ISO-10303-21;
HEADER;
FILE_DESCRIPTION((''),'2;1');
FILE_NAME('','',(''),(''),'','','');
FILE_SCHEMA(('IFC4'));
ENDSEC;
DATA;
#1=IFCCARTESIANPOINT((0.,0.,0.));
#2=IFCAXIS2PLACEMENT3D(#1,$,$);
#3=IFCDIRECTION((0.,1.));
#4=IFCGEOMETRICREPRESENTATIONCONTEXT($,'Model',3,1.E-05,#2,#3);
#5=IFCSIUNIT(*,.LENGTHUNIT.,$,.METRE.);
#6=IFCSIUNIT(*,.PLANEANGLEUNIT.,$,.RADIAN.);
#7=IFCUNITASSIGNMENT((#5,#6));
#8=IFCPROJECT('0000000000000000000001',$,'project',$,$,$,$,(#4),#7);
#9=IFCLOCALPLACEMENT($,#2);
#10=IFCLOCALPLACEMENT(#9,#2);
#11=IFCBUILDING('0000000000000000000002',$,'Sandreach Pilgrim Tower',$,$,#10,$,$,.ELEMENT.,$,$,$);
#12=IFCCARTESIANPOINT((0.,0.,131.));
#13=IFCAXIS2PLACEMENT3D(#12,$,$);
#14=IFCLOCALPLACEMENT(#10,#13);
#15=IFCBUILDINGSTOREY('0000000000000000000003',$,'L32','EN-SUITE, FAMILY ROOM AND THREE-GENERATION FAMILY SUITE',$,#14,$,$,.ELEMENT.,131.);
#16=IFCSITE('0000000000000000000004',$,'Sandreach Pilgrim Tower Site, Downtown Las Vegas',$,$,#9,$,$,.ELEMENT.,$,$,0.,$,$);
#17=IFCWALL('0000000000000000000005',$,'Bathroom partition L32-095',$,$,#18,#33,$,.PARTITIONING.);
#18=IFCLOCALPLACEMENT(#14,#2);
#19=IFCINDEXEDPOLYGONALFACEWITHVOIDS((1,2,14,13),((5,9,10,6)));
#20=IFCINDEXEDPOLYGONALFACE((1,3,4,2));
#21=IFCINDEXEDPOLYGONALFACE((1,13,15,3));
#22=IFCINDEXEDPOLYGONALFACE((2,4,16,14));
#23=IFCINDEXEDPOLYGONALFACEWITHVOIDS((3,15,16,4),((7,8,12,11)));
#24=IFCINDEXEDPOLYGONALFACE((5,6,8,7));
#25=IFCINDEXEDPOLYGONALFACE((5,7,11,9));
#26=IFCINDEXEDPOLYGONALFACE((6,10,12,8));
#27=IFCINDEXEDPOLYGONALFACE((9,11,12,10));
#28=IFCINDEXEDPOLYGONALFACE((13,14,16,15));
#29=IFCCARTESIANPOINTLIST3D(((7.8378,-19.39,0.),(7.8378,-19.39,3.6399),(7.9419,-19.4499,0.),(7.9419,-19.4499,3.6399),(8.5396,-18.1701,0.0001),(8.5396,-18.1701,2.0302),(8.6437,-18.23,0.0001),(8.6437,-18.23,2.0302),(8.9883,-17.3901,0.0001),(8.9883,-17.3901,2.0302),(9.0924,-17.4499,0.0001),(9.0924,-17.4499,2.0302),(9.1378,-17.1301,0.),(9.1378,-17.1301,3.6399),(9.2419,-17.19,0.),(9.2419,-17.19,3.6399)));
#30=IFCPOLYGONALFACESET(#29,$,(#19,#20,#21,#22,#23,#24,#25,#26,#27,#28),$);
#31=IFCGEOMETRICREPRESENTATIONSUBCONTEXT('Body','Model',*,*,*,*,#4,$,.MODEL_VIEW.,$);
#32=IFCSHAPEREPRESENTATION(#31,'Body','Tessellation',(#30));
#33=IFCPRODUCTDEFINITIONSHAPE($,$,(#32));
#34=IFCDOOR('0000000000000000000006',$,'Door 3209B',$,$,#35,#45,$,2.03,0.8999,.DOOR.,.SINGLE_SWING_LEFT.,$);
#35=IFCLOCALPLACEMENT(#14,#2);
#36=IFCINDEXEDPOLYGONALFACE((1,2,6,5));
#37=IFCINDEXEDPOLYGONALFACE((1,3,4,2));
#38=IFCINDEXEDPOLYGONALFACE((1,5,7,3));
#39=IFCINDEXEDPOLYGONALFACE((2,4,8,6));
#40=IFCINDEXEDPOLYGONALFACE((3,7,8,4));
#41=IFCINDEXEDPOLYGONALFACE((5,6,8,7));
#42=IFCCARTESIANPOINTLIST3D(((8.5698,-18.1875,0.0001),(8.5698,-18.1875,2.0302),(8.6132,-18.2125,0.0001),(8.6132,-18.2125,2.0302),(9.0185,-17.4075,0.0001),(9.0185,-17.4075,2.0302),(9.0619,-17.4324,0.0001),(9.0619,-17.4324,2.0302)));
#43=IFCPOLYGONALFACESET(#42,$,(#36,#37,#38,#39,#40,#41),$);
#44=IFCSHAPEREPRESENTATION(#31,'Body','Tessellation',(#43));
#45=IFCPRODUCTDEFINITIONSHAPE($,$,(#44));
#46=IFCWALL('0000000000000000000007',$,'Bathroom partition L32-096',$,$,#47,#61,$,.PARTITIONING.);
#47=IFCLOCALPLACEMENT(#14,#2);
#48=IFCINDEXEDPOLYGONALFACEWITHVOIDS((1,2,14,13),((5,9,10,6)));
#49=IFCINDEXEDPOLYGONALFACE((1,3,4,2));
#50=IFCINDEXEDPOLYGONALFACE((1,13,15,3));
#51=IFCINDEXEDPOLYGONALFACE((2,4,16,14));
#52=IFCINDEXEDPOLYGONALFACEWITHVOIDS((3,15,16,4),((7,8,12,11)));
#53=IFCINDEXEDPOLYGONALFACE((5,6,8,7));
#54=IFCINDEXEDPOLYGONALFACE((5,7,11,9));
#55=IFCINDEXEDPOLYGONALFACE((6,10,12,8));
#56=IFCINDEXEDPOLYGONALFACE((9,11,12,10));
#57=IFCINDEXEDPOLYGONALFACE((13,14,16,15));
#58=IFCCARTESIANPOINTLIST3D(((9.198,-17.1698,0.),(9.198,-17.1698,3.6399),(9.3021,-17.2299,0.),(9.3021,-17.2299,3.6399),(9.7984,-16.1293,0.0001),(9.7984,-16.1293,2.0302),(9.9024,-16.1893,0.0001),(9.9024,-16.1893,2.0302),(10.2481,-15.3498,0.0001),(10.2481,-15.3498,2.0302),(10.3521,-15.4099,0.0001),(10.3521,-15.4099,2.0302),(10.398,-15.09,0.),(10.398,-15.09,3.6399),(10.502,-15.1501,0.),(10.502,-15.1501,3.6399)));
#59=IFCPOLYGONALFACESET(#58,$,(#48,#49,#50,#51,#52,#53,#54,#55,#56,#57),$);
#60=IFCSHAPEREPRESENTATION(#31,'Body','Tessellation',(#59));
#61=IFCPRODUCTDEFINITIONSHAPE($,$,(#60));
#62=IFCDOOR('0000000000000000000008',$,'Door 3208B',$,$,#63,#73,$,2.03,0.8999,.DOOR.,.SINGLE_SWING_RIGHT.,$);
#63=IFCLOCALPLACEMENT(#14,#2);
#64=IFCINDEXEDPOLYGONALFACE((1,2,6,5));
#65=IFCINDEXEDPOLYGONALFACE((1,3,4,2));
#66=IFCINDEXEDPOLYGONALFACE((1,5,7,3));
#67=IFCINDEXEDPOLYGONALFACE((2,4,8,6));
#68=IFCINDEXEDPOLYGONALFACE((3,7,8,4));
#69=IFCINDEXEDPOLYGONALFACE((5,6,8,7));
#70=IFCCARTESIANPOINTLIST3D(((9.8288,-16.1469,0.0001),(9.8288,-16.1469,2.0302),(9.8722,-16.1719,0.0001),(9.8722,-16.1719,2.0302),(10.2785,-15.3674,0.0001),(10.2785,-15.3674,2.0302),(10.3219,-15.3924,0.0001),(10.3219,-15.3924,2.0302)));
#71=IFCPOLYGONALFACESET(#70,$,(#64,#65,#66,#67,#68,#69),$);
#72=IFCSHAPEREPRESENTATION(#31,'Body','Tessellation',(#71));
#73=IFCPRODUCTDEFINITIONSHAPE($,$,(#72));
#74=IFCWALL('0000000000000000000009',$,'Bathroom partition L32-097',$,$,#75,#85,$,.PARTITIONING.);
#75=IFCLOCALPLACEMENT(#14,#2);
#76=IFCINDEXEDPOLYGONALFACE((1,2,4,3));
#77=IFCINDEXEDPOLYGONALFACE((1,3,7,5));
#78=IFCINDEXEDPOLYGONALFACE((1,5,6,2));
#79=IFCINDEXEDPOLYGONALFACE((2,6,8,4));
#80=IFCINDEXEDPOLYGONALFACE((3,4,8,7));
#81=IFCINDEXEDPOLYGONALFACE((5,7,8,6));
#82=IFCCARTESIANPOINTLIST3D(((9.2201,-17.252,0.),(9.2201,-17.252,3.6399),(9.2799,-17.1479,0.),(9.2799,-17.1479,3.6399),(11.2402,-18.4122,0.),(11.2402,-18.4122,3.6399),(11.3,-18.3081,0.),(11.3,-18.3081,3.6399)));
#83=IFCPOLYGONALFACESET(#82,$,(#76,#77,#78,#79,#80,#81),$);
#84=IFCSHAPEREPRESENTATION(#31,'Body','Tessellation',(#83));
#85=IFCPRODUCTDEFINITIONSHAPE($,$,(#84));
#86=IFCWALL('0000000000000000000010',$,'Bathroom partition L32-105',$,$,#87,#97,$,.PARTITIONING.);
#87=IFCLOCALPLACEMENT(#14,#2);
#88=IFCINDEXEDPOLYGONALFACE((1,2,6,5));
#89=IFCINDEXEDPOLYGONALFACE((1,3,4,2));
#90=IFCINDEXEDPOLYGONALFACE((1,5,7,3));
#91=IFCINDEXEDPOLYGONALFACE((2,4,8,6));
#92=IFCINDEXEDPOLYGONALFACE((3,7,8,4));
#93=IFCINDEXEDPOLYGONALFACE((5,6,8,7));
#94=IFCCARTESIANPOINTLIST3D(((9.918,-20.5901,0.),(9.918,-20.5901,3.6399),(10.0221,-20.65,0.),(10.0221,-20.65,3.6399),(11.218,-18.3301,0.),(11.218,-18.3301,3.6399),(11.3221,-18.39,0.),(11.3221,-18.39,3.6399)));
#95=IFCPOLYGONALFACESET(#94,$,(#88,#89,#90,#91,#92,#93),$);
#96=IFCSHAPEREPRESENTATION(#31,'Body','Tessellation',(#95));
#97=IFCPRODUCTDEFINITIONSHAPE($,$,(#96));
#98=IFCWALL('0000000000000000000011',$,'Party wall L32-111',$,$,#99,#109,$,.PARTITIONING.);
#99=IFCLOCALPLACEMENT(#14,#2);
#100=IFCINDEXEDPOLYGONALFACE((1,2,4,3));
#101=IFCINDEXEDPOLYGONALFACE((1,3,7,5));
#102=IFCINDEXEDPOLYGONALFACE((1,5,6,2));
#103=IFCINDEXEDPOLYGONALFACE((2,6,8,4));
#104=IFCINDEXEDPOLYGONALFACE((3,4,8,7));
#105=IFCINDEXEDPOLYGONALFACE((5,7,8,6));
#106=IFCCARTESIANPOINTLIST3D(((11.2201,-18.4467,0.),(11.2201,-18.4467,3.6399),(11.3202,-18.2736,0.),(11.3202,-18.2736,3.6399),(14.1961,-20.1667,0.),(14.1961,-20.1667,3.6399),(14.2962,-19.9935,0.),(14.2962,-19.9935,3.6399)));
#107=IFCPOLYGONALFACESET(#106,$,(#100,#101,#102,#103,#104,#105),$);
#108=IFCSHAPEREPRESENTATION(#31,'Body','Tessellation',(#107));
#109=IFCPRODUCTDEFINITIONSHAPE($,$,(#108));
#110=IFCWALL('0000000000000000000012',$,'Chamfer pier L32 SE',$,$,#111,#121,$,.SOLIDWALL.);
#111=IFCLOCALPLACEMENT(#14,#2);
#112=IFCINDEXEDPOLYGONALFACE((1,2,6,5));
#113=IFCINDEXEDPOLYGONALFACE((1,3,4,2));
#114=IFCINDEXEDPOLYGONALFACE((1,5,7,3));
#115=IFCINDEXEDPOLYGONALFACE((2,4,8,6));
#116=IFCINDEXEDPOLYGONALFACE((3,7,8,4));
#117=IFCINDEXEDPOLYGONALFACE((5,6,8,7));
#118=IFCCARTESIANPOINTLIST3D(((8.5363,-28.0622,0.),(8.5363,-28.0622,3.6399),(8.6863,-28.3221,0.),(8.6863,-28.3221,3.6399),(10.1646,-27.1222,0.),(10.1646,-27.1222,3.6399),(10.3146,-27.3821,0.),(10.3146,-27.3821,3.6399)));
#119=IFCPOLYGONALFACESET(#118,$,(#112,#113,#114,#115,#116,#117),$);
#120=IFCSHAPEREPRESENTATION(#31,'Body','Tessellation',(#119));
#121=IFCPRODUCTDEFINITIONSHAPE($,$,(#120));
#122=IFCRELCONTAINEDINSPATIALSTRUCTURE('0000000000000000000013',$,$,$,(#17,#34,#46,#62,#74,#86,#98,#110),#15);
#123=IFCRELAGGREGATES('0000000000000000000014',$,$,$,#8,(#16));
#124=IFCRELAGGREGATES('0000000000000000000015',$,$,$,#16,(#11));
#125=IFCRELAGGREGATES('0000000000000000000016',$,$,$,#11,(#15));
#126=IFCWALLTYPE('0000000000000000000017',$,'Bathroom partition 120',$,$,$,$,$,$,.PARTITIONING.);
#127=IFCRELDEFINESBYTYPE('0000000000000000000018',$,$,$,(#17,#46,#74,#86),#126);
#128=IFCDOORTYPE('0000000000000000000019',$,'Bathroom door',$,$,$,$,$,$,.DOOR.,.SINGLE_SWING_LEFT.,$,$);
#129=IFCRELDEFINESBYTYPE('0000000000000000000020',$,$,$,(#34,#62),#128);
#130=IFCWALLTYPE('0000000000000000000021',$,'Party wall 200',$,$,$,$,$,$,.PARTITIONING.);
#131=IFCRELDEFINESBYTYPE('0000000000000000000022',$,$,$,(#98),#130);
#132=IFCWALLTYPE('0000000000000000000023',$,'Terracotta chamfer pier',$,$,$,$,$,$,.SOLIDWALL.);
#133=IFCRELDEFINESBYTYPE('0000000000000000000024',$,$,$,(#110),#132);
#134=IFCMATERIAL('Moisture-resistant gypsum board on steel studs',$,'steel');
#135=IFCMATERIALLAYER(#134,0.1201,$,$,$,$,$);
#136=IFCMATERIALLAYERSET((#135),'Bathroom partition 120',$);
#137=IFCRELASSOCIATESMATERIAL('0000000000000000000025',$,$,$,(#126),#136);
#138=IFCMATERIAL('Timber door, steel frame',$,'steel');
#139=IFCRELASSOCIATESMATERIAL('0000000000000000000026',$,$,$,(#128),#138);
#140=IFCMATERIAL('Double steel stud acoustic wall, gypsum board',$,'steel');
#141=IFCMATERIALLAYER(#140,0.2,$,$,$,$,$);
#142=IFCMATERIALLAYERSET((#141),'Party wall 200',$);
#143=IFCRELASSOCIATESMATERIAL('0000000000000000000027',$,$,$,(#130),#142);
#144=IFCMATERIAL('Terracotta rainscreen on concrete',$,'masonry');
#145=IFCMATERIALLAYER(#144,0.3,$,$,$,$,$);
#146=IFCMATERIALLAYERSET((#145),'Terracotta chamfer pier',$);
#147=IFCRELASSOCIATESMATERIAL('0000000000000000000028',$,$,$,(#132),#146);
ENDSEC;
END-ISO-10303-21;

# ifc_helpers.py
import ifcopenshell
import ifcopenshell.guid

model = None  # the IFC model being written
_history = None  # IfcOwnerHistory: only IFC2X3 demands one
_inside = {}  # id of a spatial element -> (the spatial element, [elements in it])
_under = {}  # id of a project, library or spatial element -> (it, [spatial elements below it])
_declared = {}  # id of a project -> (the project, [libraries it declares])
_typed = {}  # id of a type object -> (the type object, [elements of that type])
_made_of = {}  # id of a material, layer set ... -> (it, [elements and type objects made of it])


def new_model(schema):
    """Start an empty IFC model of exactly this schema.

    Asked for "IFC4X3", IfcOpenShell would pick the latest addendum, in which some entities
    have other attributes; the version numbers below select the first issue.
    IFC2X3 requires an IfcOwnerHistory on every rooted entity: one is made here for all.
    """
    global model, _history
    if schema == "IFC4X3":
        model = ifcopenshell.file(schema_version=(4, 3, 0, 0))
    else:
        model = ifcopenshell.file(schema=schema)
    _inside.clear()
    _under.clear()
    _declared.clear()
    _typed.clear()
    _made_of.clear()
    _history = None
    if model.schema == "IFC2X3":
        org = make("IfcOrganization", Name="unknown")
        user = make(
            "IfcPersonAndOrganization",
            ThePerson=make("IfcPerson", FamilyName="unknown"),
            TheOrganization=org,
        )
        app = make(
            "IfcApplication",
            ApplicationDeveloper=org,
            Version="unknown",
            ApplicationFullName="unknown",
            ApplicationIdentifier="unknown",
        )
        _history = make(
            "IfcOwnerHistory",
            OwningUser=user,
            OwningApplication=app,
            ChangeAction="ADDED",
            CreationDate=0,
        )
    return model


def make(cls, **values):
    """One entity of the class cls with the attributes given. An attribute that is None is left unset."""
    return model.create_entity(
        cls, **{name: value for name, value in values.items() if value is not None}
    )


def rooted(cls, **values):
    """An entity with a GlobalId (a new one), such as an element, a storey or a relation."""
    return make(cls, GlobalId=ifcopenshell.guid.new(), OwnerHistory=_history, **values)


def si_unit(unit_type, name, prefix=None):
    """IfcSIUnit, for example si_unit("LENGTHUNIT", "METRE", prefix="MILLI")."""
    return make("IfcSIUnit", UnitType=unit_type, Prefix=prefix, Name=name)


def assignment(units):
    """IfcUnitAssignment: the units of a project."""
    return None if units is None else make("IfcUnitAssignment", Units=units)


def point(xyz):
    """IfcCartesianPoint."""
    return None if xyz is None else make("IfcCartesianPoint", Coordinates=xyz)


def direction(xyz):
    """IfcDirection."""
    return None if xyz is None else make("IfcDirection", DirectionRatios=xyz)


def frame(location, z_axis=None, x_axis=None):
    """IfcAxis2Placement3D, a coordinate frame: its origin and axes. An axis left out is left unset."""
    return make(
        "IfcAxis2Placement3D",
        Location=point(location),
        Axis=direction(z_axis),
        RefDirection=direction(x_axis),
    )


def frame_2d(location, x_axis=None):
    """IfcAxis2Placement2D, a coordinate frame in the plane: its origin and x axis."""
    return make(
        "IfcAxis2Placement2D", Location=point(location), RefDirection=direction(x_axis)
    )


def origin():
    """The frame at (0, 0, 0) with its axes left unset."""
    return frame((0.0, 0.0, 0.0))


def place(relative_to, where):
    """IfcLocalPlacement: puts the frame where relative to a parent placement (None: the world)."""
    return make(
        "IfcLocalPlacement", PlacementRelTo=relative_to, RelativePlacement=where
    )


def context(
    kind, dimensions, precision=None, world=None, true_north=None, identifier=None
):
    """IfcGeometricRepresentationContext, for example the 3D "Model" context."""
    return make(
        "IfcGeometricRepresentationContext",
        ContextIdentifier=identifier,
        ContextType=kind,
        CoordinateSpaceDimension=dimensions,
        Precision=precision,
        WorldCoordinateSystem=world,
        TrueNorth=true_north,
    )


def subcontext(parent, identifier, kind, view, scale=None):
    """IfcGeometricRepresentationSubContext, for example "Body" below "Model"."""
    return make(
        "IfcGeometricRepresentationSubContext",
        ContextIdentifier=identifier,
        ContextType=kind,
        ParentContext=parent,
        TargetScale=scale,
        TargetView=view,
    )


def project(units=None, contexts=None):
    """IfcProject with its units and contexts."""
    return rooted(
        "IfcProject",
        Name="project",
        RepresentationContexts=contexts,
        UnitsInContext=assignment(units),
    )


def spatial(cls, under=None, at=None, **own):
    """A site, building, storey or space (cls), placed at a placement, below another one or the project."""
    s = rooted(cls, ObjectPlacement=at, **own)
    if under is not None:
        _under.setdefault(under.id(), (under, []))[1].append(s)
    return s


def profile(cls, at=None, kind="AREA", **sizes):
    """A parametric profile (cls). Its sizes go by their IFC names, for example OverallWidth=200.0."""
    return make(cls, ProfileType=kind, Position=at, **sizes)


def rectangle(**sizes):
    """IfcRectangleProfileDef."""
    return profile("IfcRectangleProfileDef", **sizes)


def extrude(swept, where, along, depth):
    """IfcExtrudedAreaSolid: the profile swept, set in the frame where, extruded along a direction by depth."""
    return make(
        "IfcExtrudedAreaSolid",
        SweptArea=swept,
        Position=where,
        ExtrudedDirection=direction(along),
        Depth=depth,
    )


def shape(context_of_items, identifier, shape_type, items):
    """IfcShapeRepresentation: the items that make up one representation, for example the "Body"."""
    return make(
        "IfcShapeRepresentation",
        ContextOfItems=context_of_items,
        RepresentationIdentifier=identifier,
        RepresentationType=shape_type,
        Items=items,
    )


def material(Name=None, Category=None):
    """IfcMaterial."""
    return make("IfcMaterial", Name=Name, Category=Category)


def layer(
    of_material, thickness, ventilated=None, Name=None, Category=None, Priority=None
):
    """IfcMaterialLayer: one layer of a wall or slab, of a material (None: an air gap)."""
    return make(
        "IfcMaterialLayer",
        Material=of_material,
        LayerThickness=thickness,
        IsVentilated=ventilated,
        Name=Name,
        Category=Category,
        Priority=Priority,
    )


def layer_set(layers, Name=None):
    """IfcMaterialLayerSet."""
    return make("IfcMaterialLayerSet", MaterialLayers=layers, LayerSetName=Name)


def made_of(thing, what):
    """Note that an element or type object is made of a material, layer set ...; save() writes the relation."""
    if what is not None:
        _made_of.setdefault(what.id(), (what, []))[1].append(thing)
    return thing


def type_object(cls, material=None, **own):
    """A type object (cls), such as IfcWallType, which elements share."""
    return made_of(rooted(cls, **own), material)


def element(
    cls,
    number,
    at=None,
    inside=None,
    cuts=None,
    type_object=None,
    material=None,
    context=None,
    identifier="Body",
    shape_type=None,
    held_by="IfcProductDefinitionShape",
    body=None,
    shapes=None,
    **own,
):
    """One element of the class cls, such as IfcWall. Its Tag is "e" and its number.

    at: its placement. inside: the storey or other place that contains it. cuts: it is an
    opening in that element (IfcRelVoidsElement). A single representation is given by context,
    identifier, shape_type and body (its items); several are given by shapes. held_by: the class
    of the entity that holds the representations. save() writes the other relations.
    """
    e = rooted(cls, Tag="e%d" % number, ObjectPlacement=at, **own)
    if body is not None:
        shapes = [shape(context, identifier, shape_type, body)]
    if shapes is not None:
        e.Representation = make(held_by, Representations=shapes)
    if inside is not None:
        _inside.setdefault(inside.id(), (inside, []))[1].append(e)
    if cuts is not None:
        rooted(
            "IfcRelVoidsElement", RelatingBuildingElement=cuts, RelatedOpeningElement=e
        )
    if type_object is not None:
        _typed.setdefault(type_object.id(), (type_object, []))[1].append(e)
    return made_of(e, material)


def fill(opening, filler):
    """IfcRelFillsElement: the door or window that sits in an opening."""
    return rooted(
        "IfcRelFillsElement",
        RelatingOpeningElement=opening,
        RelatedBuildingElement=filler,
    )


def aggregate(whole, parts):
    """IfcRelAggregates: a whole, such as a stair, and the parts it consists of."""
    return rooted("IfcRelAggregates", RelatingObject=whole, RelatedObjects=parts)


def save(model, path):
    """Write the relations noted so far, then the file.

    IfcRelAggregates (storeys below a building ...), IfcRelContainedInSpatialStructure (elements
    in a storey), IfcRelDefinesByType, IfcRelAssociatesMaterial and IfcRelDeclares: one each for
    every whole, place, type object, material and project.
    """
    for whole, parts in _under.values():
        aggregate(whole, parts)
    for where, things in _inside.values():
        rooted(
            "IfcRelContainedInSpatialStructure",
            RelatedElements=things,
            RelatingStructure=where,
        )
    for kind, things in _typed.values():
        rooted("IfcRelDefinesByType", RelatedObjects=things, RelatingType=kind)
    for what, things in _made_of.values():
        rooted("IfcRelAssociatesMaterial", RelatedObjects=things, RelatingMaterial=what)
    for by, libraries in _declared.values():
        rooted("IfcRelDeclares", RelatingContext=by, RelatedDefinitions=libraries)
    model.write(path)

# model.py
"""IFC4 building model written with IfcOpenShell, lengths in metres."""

from ifc_helpers import new_model, si_unit, direction, frame, frame_2d, origin, place, context, subcontext, project, spatial, rectangle, extrude, material, layer, layer_set, type_object, element, fill, save


model = new_model("IFC4")

# Units and contexts
model_context = context("Model", 3, precision=1e-05, world=origin(), true_north=direction((0.0, 1.0)))
body_context = subcontext(model_context, "Body", "Model", "MODEL_VIEW")
ifc_project = project(units=[si_unit("LENGTHUNIT", "METRE"), si_unit("PLANEANGLEUNIT", "RADIAN")], contexts=[model_context])

# Site, building, storey
site_placement = place(None, origin())
site = spatial("IfcSite", under=ifc_project, at=site_placement, Name="Sandreach Pilgrim Tower Site, Downtown Las Vegas", CompositionType="ELEMENT", RefElevation=0.0)
building_placement = place(site_placement, origin())
building = spatial("IfcBuilding", under=site, at=building_placement, Name="Sandreach Pilgrim Tower", CompositionType="ELEMENT")
storey_placement = place(building_placement, frame((0.0, 0.0, 131.0)))
storey = spatial("IfcBuildingStorey", under=building, at=storey_placement, Name="L32", Description="EN-SUITE, FAMILY ROOM AND THREE-GENERATION FAMILY SUITE", CompositionType="ELEMENT", Elevation=131.0)

# Walls, openings, doors
ifc_material_1 = material(Name="Moisture-resistant gypsum board on steel studs", Category="steel")
ifc_layer_1 = layer(ifc_material_1, 0.1201)
ifc_layer_set_1 = layer_set([ifc_layer_1], Name="Bathroom partition 120")
wall_type_1 = type_object("IfcWallType", Name="Bathroom partition 120", PredefinedType="PARTITIONING", material=ifc_layer_set_1)
wall_1_placement = place(storey_placement, frame((9.1899, -17.1599, 0.0), z_axis=(0.0, 0.0, 1.0), x_axis=(-0.498628, -0.866816, 0.0)))
wall_1 = element("IfcWall", 1, at=wall_1_placement, inside=storey, type_object=wall_type_1, Name="Bathroom partition L32-095", PredefinedType="PARTITIONING", context=body_context, shape_type="SweptSolid", body=[
    extrude(rectangle(XDim=2.6072, YDim=0.1201, at=frame_2d((1.3037, 0.0))), origin(), (0.0, 0.0, 1.0), 3.6399),
])
opening_1_placement = place(wall_1_placement, frame((0.3, 0.0, 0.0)))
opening_1 = element("IfcOpeningElement", 2, at=opening_1_placement, cuts=wall_1, PredefinedType="OPENING", context=body_context, shape_type="SweptSolid", body=[
    extrude(rectangle(XDim=0.8999, YDim=2.03, at=frame_2d((0.45, 1.0151))), frame((0.0, 0.0601, 0.0), z_axis=(0.0, -1.0, 0.0), x_axis=(1.0, 0.0, 0.0)), (0.0, 0.0, 1.0), 0.1201),
])
ifc_material_2 = material(Name="Timber door, steel frame", Category="steel")
door_type = type_object("IfcDoorType", Name="Bathroom door", OperationType="SINGLE_SWING_LEFT", PredefinedType="DOOR", material=ifc_material_2)
door_1_placement = place(opening_1_placement, origin())
door_1 = element("IfcDoor", 3, at=door_1_placement, inside=storey, type_object=door_type, Name="Door 3209B", OperationType="SINGLE_SWING_LEFT", OverallHeight=2.03, OverallWidth=0.8999, PredefinedType="DOOR", context=body_context, shape_type="SweptSolid", body=[
    extrude(rectangle(XDim=0.8999, YDim=2.03, at=frame_2d((0.45, 1.0151))), frame((0.0, 0.0249, 0.0), z_axis=(0.0, -1.0, 0.0), x_axis=(1.0, 0.0, 0.0)), (0.0, 0.0, 1.0), 0.05),
])
fill(opening_1, door_1)
wall_2_placement = place(storey_placement, frame((9.25, -17.2, 0.0), z_axis=(0.0, 0.0, 1.0), x_axis=(0.499737, 0.866177, 0.0)))
wall_2 = element("IfcWall", 4, at=wall_2_placement, inside=storey, type_object=wall_type_1, Name="Bathroom partition L32-096", PredefinedType="PARTITIONING", context=body_context, shape_type="SweptSolid", body=[
    extrude(rectangle(XDim=2.4011, YDim=0.1201, at=frame_2d((1.2007, 0.0))), origin(), (0.0, 0.0, 1.0), 3.6399),
])
opening_2_placement = place(wall_2_placement, frame((1.2014, 0.0, 0.0)))
opening_2 = element("IfcOpeningElement", 5, at=opening_2_placement, cuts=wall_2, PredefinedType="OPENING", context=body_context, shape_type="SweptSolid", body=[
    extrude(rectangle(XDim=0.8999, YDim=2.03, at=frame_2d((0.45, 1.0151))), frame((0.0, 0.0601, 0.0), z_axis=(0.0, -1.0, 0.0), x_axis=(1.0, 0.0, 0.0)), (0.0, 0.0, 1.0), 0.1201),
])
door_2_placement = place(opening_2_placement, origin())
door_2 = element("IfcDoor", 6, at=door_2_placement, inside=storey, type_object=door_type, Name="Door 3208B", OperationType="SINGLE_SWING_RIGHT", OverallHeight=2.03, OverallWidth=0.8999, PredefinedType="DOOR", context=body_context, shape_type="SweptSolid", body=[
    extrude(rectangle(XDim=0.8999, YDim=2.03, at=frame_2d((0.45, 1.0151))), frame((0.0, 0.0249, 0.0), z_axis=(0.0, -1.0, 0.0), x_axis=(1.0, 0.0, 0.0)), (0.0, 0.0, 1.0), 0.05),
])
fill(opening_2, door_2)

# Walls
wall_3_placement = place(storey_placement, frame((9.25, -17.2, 0.0), z_axis=(0.0, 0.0, 1.0), x_axis=(0.867158, -0.498034, 0.0)))
element("IfcWall", 7, at=wall_3_placement, inside=storey, type_object=wall_type_1, Name="Bathroom partition L32-097", PredefinedType="PARTITIONING", context=body_context, shape_type="SweptSolid", body=[
    extrude(rectangle(XDim=2.3296, YDim=0.1201, at=frame_2d((1.1648, 0.0))), origin(), (0.0, 0.0, 1.0), 3.6399),
])
wall_4_placement = place(storey_placement, frame((9.97, -20.6201, 0.0), z_axis=(0.0, 0.0, 1.0), x_axis=(0.498628, 0.866816, 0.0)))
element("IfcWall", 8, at=wall_4_placement, inside=storey, type_object=wall_type_1, Name="Bathroom partition L32-105", PredefinedType="PARTITIONING", context=body_context, shape_type="SweptSolid", body=[
    extrude(rectangle(XDim=2.6072, YDim=0.1201, at=frame_2d((1.3037, 0.0))), origin(), (0.0, 0.0, 1.0), 3.6399),
])
ifc_material_3 = material(Name="Double steel stud acoustic wall, gypsum board", Category="steel")
ifc_layer_2 = layer(ifc_material_3, 0.2)
ifc_layer_set_2 = layer_set([ifc_layer_2], Name="Party wall 200")
wall_type_2 = type_object("IfcWallType", Name="Party wall 200", PredefinedType="PARTITIONING", material=ifc_layer_set_2)
wall_5_placement = place(storey_placement, frame((11.27, -18.3601, 0.0), z_axis=(0.0, 0.0, 1.0), x_axis=(0.865807, -0.500378, 0.0)))
element("IfcWall", 9, at=wall_5_placement, inside=storey, type_object=wall_type_2, Name="Party wall L32-111", PredefinedType="PARTITIONING", context=body_context, shape_type="SweptSolid", body=[
    extrude(rectangle(XDim=3.4373, YDim=0.2, at=frame_2d((1.7188, 0.0))), origin(), (0.0, 0.0, 1.0), 3.6399),
])
ifc_material_4 = material(Name="Terracotta rainscreen on concrete", Category="masonry")
ifc_layer_3 = layer(ifc_material_4, 0.3)
ifc_layer_set_3 = layer_set([ifc_layer_3], Name="Terracotta chamfer pier")
wall_type_3 = type_object("IfcWallType", Name="Terracotta chamfer pier", PredefinedType="SOLIDWALL", material=ifc_layer_set_3)
wall_6_placement = place(storey_placement, frame((10.2395, -27.2522, 0.0), z_axis=(0.0, 0.0, 1.0), x_axis=(-0.866045, -0.499966, 0.0)))
element("IfcWall", 10, at=wall_6_placement, inside=storey, type_object=wall_type_3, Name="Chamfer pier L32 SE", PredefinedType="SOLIDWALL", context=body_context, shape_type="SweptSolid", body=[
    extrude(rectangle(XDim=1.8801, YDim=0.3, at=frame_2d((0.9399, 0.0))), origin(), (0.0, 0.0, 1.0), 3.6399),
])

save(model, "model.ifc")
